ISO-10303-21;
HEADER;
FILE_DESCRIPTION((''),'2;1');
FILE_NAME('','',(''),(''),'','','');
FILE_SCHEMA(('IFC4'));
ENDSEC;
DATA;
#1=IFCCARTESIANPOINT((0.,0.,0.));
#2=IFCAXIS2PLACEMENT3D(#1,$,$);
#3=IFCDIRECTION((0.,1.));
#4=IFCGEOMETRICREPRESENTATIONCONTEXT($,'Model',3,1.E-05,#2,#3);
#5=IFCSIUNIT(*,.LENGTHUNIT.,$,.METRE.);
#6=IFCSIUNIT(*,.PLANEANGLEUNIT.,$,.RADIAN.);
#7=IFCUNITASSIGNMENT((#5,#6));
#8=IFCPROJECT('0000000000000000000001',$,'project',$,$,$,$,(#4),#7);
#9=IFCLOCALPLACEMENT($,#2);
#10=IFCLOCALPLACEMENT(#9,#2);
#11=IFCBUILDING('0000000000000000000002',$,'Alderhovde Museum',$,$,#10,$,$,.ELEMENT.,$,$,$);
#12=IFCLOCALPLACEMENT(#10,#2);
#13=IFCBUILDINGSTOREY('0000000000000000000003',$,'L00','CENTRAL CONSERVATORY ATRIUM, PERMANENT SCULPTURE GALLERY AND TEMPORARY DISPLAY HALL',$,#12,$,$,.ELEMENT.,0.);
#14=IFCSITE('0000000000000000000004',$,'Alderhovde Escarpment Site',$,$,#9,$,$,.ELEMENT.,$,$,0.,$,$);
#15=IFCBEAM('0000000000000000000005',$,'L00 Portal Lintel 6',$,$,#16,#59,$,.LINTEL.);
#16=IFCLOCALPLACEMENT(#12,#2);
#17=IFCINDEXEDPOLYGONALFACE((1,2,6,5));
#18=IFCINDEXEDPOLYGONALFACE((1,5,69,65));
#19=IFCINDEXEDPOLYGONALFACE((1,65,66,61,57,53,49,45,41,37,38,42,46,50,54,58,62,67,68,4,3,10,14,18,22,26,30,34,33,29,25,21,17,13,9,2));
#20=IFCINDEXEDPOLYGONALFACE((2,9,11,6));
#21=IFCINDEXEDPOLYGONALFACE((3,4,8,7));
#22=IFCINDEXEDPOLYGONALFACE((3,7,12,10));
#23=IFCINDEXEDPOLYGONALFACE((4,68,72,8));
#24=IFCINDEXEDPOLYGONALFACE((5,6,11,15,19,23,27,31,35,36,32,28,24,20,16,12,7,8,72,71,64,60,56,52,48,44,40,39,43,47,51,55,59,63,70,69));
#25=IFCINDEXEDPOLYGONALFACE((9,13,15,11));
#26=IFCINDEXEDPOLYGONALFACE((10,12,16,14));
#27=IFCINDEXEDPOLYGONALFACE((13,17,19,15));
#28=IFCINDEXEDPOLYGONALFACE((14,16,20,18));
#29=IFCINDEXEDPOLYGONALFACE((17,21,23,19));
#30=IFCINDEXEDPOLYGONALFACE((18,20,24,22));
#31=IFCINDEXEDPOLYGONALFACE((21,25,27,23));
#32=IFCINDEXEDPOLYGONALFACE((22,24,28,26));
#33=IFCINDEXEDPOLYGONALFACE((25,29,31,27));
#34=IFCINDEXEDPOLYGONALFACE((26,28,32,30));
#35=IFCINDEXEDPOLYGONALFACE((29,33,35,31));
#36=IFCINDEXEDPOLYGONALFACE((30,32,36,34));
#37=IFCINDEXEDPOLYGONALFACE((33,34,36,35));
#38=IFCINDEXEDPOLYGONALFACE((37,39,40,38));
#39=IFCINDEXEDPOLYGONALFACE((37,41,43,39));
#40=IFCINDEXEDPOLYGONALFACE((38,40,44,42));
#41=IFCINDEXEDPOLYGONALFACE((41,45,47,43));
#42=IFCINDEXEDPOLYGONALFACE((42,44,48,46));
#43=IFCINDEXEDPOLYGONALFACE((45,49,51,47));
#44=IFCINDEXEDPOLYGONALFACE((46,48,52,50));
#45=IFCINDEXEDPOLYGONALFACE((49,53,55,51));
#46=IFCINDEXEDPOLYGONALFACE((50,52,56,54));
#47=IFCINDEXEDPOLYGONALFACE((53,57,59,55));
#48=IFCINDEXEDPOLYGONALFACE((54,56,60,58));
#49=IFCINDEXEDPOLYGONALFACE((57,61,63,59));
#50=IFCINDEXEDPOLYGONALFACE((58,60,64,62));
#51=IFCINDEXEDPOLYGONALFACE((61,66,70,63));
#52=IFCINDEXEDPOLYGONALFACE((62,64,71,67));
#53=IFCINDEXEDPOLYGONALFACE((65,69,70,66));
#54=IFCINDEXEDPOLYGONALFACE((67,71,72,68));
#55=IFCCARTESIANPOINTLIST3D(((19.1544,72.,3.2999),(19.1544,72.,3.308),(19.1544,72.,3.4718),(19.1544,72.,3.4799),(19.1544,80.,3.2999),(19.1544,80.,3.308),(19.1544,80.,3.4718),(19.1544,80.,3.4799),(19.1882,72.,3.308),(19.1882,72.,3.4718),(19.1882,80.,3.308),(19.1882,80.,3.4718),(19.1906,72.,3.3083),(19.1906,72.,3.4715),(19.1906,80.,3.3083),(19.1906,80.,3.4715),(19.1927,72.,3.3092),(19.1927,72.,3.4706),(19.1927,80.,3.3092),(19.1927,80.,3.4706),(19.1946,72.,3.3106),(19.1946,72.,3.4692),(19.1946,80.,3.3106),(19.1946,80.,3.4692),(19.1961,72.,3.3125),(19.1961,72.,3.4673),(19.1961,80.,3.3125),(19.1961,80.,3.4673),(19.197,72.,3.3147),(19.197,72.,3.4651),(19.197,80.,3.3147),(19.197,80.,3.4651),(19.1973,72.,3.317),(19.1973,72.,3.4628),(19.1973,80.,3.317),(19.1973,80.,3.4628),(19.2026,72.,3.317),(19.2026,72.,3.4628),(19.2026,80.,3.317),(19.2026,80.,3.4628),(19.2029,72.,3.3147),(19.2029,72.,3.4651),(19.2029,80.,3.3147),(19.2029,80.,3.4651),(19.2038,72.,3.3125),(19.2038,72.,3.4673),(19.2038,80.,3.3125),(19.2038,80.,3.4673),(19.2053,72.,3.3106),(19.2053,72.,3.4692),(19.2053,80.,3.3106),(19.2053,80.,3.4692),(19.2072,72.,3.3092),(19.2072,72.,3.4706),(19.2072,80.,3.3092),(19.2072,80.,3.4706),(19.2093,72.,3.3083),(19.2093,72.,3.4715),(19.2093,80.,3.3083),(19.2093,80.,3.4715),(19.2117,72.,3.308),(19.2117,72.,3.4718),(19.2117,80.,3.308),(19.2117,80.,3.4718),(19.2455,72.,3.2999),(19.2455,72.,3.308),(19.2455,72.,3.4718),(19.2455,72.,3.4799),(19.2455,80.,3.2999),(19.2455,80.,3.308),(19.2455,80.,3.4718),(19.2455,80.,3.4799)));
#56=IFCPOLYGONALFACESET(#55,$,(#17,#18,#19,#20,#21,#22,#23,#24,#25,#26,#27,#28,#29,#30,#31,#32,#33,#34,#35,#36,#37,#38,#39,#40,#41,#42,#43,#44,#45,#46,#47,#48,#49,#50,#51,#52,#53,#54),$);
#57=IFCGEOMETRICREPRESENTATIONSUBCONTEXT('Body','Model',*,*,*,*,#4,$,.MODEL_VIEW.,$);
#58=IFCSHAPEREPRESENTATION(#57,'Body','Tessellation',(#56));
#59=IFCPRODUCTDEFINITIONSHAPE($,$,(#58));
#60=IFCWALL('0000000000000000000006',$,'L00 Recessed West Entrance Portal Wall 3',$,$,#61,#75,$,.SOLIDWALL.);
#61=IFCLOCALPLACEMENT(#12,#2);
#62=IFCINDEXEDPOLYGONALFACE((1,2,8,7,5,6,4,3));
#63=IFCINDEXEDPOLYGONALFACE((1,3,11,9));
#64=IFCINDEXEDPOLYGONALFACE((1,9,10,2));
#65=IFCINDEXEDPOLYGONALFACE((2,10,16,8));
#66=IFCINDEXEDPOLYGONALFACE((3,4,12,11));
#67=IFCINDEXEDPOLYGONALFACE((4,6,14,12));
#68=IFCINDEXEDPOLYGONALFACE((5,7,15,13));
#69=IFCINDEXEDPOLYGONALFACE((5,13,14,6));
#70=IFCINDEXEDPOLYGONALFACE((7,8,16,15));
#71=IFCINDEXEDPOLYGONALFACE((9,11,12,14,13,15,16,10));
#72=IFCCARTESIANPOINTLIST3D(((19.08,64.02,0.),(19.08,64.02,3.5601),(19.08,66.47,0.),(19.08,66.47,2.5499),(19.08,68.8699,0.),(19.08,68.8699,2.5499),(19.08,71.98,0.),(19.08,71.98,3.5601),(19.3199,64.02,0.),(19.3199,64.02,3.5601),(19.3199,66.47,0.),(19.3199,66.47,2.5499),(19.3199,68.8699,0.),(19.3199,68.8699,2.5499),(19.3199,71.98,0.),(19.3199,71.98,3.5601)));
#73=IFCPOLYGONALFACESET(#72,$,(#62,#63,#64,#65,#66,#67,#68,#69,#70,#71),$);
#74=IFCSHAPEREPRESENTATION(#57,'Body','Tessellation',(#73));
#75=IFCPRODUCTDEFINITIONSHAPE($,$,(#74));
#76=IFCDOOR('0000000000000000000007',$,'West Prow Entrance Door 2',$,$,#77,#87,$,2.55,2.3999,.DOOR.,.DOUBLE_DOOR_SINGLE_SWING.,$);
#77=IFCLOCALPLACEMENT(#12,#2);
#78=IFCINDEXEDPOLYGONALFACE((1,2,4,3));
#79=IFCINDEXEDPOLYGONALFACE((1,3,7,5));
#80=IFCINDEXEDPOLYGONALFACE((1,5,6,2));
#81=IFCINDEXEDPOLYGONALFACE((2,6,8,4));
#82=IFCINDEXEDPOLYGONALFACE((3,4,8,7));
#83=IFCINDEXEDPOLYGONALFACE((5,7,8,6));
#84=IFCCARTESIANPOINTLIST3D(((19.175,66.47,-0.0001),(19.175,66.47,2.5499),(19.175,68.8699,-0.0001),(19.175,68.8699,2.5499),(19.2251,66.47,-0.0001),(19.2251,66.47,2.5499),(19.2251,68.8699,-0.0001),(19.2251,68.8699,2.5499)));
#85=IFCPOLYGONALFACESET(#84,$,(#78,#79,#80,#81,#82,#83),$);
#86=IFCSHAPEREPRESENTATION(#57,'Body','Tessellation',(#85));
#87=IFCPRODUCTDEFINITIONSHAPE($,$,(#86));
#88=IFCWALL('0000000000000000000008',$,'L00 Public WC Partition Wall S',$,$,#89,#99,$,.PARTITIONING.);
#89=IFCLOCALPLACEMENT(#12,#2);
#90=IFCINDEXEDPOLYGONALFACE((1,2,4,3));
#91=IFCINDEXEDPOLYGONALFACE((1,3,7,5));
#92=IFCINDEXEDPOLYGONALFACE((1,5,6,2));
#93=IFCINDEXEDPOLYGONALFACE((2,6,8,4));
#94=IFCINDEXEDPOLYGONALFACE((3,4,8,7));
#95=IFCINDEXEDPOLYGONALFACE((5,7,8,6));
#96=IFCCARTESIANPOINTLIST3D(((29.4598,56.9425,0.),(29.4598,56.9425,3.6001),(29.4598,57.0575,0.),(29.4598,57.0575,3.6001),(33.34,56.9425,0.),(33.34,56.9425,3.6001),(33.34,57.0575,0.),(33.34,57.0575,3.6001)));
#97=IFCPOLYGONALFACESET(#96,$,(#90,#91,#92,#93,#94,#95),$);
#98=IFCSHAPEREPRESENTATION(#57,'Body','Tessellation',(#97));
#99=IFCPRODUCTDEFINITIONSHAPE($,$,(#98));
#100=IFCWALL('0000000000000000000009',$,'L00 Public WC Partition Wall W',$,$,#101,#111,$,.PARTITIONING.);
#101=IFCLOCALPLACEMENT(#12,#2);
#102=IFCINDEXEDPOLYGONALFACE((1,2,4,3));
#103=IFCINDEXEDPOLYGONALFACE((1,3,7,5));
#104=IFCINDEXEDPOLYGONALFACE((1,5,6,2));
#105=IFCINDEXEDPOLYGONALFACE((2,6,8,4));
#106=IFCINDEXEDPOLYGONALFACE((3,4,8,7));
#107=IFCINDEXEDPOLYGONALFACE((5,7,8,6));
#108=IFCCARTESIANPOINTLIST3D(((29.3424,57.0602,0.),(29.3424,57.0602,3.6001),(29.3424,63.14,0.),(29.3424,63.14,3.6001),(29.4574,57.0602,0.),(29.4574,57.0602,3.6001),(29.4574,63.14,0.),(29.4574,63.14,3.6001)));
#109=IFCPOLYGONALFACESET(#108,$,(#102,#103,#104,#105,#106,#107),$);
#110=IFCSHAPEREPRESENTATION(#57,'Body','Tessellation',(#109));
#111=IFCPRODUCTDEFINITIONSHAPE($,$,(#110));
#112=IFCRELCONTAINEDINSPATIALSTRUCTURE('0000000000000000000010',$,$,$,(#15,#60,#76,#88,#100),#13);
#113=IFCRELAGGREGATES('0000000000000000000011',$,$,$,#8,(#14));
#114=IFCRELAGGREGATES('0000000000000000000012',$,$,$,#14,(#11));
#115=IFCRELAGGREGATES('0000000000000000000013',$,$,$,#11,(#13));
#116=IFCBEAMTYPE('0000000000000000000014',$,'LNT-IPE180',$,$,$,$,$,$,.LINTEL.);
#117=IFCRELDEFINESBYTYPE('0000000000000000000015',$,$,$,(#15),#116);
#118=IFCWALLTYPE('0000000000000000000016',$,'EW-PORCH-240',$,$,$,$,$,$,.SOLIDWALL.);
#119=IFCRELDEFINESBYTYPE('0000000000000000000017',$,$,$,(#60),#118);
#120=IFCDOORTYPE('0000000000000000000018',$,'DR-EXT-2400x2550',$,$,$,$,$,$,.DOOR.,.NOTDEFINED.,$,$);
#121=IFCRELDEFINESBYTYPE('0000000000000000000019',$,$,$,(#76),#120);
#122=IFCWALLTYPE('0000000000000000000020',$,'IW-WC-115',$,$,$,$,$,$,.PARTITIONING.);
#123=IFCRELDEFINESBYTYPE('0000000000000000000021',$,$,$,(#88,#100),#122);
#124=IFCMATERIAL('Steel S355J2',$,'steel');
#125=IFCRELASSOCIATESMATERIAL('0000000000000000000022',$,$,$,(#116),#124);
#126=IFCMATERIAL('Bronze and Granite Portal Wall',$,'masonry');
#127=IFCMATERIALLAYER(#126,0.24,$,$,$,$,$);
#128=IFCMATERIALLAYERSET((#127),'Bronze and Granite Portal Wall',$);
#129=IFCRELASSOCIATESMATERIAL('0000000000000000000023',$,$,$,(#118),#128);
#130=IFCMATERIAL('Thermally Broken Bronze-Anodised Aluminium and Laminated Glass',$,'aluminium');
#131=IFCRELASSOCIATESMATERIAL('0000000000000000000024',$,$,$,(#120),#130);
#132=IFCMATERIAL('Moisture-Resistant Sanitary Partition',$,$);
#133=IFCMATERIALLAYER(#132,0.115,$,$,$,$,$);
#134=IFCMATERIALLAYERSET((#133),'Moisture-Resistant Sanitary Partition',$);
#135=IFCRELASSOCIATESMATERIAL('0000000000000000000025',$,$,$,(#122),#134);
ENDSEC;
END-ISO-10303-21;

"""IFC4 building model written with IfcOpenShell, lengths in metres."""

from ifc_helpers import new_model, si_unit, direction, frame, frame_2d, origin, origin_2d, place, context, subcontext, project, spatial, rectangle, i_section, extrude, material, layer, layer_set, material_profile, profile_set, type_object, element, fill, save


model = new_model("IFC4")

# Units and contexts
model_context = context("Model", 3, precision=1e-05, world=origin(), true_north=direction((0.0, 1.0)))
body_context = subcontext(model_context, "Body", "Model", "MODEL_VIEW")
ifc_project = project(units=[si_unit("LENGTHUNIT", "METRE"), si_unit("PLANEANGLEUNIT", "RADIAN")], contexts=[model_context])

# Site, building, storey
site_placement = place(None, origin())
site = spatial("IfcSite", under=ifc_project, at=site_placement, Name="Alderhovde Escarpment Site", CompositionType="ELEMENT", RefElevation=0.0)
building_placement = place(site_placement, origin())
building = spatial("IfcBuilding", under=site, at=building_placement, Name="Alderhovde Museum", CompositionType="ELEMENT")
storey_placement = place(building_placement, origin())
storey = spatial("IfcBuildingStorey", under=building, at=storey_placement, Name="L00", Description="CENTRAL CONSERVATORY ATRIUM, PERMANENT SCULPTURE GALLERY AND TEMPORARY DISPLAY HALL", CompositionType="ELEMENT", Elevation=0.0)

# Beam
ifc_material_1 = material(Name="Steel S355J2", Category="steel")
ifc_material_profile_1 = material_profile(ifc_material_1, i_section(OverallWidth=0.0911, OverallDepth=0.1799, WebThickness=0.0054, FlangeThickness=0.0081, FilletRadius=0.009, at=origin_2d()), Name="IPE 180")
ifc_profile_set_1 = profile_set([ifc_material_profile_1], Name="Steel S355J2")
beam_type_1 = type_object("IfcBeamType", Name="LNT-IPE180", PredefinedType="LINTEL", material=ifc_profile_set_1)
beam_1_placement = place(storey_placement, frame((19.2, 72.0, 3.3899), z_axis=(0.0, 1.0, 0.0), x_axis=(-1.0, 0.0, 0.0)))
element("IfcBeam", 1, at=beam_1_placement, inside=storey, type_object=beam_type_1, Name="L00 Portal Lintel 6", PredefinedType="LINTEL", context=body_context, shape_type="SweptSolid", body=[
    extrude(i_section(OverallWidth=0.0911, OverallDepth=0.1799, WebThickness=0.0054, FlangeThickness=0.0081, FilletRadius=0.009, at=origin_2d()), origin(), (0.0, 0.0, 1.0), 8.0),
])

# Wall, opening, door
ifc_material_2 = material(Name="Bronze and Granite Portal Wall", Category="masonry")
ifc_layer_1 = layer(ifc_material_2, 0.24)
ifc_layer_set_1 = layer_set([ifc_layer_1], Name="Bronze and Granite Portal Wall")
wall_type_1 = type_object("IfcWallType", Name="EW-PORCH-240", PredefinedType="SOLIDWALL", material=ifc_layer_set_1)
wall_1_placement = place(storey_placement, frame((19.2, 64.02, 0.0), z_axis=(0.0, 0.0, 1.0), x_axis=(0.0, 1.0, 0.0)))
wall_1 = element("IfcWall", 2, at=wall_1_placement, inside=storey, type_object=wall_type_1, Name="L00 Recessed West Entrance Portal Wall 3", PredefinedType="SOLIDWALL", context=body_context, shape_type="SweptSolid", body=[
    extrude(rectangle(XDim=7.96, YDim=0.24, at=frame_2d((3.98, 0.0))), origin(), (0.0, 0.0, 1.0), 3.5601),
])
opening_placement = place(wall_1_placement, frame((2.45, 0.0, 0.0)))
opening = element("IfcOpeningElement", 3, at=opening_placement, cuts=wall_1, PredefinedType="OPENING", context=body_context, shape_type="SweptSolid", body=[
    extrude(rectangle(XDim=2.3999, YDim=2.55, at=frame_2d((1.2, 1.2749))), frame((0.0, 0.1299, 0.0), z_axis=(0.0, -1.0, 0.0), x_axis=(1.0, 0.0, 0.0)), (0.0, 0.0, 1.0), 0.26),
])
ifc_material_3 = material(Name="Thermally Broken Bronze-Anodised Aluminium and Laminated Glass", Category="aluminium")
door_type = type_object("IfcDoorType", Name="DR-EXT-2400x2550", OperationType="NOTDEFINED", PredefinedType="DOOR", material=ifc_material_3)
door_placement = place(opening_placement, origin())
door = element("IfcDoor", 4, at=door_placement, inside=storey, type_object=door_type, Name="West Prow Entrance Door 2", OperationType="DOUBLE_DOOR_SINGLE_SWING", OverallHeight=2.55, OverallWidth=2.3999, PredefinedType="DOOR", context=body_context, shape_type="SweptSolid", body=[
    extrude(rectangle(XDim=2.3999, YDim=2.55, at=frame_2d((1.2, 1.2749))), frame((0.0, 0.0249, 0.0), z_axis=(0.0, -1.0, 0.0), x_axis=(1.0, 0.0, 0.0)), (0.0, 0.0, 1.0), 0.05),
])
fill(opening, door)

# Walls
ifc_material_4 = material(Name="Moisture-Resistant Sanitary Partition")
ifc_layer_2 = layer(ifc_material_4, 0.115)
ifc_layer_set_2 = layer_set([ifc_layer_2], Name="Moisture-Resistant Sanitary Partition")
wall_type_2 = type_object("IfcWallType", Name="IW-WC-115", PredefinedType="PARTITIONING", material=ifc_layer_set_2)
wall_2_placement = place(storey_placement, frame((29.46, 57.0, 0.0), z_axis=(0.0, 0.0, 1.0), x_axis=(1.0, 0.0, 0.0)))
element("IfcWall", 5, at=wall_2_placement, inside=storey, type_object=wall_type_2, Name="L00 Public WC Partition Wall S", PredefinedType="PARTITIONING", context=body_context, shape_type="SweptSolid", body=[
    extrude(rectangle(XDim=3.8801, YDim=0.115, at=frame_2d((1.9399, 0.0))), origin(), (0.0, 0.0, 1.0), 3.6001),
])
wall_3_placement = place(storey_placement, frame((29.3999, 57.0601, 0.0), z_axis=(0.0, 0.0, 1.0), x_axis=(0.0, 1.0, 0.0)))
element("IfcWall", 6, at=wall_3_placement, inside=storey, type_object=wall_type_2, Name="L00 Public WC Partition Wall W", PredefinedType="PARTITIONING", context=body_context, shape_type="SweptSolid", body=[
    extrude(rectangle(XDim=6.0798, YDim=0.115, at=frame_2d((3.04, 0.0))), origin(), (0.0, 0.0, 1.0), 3.6001),
])

save(model, "model.ifc")
